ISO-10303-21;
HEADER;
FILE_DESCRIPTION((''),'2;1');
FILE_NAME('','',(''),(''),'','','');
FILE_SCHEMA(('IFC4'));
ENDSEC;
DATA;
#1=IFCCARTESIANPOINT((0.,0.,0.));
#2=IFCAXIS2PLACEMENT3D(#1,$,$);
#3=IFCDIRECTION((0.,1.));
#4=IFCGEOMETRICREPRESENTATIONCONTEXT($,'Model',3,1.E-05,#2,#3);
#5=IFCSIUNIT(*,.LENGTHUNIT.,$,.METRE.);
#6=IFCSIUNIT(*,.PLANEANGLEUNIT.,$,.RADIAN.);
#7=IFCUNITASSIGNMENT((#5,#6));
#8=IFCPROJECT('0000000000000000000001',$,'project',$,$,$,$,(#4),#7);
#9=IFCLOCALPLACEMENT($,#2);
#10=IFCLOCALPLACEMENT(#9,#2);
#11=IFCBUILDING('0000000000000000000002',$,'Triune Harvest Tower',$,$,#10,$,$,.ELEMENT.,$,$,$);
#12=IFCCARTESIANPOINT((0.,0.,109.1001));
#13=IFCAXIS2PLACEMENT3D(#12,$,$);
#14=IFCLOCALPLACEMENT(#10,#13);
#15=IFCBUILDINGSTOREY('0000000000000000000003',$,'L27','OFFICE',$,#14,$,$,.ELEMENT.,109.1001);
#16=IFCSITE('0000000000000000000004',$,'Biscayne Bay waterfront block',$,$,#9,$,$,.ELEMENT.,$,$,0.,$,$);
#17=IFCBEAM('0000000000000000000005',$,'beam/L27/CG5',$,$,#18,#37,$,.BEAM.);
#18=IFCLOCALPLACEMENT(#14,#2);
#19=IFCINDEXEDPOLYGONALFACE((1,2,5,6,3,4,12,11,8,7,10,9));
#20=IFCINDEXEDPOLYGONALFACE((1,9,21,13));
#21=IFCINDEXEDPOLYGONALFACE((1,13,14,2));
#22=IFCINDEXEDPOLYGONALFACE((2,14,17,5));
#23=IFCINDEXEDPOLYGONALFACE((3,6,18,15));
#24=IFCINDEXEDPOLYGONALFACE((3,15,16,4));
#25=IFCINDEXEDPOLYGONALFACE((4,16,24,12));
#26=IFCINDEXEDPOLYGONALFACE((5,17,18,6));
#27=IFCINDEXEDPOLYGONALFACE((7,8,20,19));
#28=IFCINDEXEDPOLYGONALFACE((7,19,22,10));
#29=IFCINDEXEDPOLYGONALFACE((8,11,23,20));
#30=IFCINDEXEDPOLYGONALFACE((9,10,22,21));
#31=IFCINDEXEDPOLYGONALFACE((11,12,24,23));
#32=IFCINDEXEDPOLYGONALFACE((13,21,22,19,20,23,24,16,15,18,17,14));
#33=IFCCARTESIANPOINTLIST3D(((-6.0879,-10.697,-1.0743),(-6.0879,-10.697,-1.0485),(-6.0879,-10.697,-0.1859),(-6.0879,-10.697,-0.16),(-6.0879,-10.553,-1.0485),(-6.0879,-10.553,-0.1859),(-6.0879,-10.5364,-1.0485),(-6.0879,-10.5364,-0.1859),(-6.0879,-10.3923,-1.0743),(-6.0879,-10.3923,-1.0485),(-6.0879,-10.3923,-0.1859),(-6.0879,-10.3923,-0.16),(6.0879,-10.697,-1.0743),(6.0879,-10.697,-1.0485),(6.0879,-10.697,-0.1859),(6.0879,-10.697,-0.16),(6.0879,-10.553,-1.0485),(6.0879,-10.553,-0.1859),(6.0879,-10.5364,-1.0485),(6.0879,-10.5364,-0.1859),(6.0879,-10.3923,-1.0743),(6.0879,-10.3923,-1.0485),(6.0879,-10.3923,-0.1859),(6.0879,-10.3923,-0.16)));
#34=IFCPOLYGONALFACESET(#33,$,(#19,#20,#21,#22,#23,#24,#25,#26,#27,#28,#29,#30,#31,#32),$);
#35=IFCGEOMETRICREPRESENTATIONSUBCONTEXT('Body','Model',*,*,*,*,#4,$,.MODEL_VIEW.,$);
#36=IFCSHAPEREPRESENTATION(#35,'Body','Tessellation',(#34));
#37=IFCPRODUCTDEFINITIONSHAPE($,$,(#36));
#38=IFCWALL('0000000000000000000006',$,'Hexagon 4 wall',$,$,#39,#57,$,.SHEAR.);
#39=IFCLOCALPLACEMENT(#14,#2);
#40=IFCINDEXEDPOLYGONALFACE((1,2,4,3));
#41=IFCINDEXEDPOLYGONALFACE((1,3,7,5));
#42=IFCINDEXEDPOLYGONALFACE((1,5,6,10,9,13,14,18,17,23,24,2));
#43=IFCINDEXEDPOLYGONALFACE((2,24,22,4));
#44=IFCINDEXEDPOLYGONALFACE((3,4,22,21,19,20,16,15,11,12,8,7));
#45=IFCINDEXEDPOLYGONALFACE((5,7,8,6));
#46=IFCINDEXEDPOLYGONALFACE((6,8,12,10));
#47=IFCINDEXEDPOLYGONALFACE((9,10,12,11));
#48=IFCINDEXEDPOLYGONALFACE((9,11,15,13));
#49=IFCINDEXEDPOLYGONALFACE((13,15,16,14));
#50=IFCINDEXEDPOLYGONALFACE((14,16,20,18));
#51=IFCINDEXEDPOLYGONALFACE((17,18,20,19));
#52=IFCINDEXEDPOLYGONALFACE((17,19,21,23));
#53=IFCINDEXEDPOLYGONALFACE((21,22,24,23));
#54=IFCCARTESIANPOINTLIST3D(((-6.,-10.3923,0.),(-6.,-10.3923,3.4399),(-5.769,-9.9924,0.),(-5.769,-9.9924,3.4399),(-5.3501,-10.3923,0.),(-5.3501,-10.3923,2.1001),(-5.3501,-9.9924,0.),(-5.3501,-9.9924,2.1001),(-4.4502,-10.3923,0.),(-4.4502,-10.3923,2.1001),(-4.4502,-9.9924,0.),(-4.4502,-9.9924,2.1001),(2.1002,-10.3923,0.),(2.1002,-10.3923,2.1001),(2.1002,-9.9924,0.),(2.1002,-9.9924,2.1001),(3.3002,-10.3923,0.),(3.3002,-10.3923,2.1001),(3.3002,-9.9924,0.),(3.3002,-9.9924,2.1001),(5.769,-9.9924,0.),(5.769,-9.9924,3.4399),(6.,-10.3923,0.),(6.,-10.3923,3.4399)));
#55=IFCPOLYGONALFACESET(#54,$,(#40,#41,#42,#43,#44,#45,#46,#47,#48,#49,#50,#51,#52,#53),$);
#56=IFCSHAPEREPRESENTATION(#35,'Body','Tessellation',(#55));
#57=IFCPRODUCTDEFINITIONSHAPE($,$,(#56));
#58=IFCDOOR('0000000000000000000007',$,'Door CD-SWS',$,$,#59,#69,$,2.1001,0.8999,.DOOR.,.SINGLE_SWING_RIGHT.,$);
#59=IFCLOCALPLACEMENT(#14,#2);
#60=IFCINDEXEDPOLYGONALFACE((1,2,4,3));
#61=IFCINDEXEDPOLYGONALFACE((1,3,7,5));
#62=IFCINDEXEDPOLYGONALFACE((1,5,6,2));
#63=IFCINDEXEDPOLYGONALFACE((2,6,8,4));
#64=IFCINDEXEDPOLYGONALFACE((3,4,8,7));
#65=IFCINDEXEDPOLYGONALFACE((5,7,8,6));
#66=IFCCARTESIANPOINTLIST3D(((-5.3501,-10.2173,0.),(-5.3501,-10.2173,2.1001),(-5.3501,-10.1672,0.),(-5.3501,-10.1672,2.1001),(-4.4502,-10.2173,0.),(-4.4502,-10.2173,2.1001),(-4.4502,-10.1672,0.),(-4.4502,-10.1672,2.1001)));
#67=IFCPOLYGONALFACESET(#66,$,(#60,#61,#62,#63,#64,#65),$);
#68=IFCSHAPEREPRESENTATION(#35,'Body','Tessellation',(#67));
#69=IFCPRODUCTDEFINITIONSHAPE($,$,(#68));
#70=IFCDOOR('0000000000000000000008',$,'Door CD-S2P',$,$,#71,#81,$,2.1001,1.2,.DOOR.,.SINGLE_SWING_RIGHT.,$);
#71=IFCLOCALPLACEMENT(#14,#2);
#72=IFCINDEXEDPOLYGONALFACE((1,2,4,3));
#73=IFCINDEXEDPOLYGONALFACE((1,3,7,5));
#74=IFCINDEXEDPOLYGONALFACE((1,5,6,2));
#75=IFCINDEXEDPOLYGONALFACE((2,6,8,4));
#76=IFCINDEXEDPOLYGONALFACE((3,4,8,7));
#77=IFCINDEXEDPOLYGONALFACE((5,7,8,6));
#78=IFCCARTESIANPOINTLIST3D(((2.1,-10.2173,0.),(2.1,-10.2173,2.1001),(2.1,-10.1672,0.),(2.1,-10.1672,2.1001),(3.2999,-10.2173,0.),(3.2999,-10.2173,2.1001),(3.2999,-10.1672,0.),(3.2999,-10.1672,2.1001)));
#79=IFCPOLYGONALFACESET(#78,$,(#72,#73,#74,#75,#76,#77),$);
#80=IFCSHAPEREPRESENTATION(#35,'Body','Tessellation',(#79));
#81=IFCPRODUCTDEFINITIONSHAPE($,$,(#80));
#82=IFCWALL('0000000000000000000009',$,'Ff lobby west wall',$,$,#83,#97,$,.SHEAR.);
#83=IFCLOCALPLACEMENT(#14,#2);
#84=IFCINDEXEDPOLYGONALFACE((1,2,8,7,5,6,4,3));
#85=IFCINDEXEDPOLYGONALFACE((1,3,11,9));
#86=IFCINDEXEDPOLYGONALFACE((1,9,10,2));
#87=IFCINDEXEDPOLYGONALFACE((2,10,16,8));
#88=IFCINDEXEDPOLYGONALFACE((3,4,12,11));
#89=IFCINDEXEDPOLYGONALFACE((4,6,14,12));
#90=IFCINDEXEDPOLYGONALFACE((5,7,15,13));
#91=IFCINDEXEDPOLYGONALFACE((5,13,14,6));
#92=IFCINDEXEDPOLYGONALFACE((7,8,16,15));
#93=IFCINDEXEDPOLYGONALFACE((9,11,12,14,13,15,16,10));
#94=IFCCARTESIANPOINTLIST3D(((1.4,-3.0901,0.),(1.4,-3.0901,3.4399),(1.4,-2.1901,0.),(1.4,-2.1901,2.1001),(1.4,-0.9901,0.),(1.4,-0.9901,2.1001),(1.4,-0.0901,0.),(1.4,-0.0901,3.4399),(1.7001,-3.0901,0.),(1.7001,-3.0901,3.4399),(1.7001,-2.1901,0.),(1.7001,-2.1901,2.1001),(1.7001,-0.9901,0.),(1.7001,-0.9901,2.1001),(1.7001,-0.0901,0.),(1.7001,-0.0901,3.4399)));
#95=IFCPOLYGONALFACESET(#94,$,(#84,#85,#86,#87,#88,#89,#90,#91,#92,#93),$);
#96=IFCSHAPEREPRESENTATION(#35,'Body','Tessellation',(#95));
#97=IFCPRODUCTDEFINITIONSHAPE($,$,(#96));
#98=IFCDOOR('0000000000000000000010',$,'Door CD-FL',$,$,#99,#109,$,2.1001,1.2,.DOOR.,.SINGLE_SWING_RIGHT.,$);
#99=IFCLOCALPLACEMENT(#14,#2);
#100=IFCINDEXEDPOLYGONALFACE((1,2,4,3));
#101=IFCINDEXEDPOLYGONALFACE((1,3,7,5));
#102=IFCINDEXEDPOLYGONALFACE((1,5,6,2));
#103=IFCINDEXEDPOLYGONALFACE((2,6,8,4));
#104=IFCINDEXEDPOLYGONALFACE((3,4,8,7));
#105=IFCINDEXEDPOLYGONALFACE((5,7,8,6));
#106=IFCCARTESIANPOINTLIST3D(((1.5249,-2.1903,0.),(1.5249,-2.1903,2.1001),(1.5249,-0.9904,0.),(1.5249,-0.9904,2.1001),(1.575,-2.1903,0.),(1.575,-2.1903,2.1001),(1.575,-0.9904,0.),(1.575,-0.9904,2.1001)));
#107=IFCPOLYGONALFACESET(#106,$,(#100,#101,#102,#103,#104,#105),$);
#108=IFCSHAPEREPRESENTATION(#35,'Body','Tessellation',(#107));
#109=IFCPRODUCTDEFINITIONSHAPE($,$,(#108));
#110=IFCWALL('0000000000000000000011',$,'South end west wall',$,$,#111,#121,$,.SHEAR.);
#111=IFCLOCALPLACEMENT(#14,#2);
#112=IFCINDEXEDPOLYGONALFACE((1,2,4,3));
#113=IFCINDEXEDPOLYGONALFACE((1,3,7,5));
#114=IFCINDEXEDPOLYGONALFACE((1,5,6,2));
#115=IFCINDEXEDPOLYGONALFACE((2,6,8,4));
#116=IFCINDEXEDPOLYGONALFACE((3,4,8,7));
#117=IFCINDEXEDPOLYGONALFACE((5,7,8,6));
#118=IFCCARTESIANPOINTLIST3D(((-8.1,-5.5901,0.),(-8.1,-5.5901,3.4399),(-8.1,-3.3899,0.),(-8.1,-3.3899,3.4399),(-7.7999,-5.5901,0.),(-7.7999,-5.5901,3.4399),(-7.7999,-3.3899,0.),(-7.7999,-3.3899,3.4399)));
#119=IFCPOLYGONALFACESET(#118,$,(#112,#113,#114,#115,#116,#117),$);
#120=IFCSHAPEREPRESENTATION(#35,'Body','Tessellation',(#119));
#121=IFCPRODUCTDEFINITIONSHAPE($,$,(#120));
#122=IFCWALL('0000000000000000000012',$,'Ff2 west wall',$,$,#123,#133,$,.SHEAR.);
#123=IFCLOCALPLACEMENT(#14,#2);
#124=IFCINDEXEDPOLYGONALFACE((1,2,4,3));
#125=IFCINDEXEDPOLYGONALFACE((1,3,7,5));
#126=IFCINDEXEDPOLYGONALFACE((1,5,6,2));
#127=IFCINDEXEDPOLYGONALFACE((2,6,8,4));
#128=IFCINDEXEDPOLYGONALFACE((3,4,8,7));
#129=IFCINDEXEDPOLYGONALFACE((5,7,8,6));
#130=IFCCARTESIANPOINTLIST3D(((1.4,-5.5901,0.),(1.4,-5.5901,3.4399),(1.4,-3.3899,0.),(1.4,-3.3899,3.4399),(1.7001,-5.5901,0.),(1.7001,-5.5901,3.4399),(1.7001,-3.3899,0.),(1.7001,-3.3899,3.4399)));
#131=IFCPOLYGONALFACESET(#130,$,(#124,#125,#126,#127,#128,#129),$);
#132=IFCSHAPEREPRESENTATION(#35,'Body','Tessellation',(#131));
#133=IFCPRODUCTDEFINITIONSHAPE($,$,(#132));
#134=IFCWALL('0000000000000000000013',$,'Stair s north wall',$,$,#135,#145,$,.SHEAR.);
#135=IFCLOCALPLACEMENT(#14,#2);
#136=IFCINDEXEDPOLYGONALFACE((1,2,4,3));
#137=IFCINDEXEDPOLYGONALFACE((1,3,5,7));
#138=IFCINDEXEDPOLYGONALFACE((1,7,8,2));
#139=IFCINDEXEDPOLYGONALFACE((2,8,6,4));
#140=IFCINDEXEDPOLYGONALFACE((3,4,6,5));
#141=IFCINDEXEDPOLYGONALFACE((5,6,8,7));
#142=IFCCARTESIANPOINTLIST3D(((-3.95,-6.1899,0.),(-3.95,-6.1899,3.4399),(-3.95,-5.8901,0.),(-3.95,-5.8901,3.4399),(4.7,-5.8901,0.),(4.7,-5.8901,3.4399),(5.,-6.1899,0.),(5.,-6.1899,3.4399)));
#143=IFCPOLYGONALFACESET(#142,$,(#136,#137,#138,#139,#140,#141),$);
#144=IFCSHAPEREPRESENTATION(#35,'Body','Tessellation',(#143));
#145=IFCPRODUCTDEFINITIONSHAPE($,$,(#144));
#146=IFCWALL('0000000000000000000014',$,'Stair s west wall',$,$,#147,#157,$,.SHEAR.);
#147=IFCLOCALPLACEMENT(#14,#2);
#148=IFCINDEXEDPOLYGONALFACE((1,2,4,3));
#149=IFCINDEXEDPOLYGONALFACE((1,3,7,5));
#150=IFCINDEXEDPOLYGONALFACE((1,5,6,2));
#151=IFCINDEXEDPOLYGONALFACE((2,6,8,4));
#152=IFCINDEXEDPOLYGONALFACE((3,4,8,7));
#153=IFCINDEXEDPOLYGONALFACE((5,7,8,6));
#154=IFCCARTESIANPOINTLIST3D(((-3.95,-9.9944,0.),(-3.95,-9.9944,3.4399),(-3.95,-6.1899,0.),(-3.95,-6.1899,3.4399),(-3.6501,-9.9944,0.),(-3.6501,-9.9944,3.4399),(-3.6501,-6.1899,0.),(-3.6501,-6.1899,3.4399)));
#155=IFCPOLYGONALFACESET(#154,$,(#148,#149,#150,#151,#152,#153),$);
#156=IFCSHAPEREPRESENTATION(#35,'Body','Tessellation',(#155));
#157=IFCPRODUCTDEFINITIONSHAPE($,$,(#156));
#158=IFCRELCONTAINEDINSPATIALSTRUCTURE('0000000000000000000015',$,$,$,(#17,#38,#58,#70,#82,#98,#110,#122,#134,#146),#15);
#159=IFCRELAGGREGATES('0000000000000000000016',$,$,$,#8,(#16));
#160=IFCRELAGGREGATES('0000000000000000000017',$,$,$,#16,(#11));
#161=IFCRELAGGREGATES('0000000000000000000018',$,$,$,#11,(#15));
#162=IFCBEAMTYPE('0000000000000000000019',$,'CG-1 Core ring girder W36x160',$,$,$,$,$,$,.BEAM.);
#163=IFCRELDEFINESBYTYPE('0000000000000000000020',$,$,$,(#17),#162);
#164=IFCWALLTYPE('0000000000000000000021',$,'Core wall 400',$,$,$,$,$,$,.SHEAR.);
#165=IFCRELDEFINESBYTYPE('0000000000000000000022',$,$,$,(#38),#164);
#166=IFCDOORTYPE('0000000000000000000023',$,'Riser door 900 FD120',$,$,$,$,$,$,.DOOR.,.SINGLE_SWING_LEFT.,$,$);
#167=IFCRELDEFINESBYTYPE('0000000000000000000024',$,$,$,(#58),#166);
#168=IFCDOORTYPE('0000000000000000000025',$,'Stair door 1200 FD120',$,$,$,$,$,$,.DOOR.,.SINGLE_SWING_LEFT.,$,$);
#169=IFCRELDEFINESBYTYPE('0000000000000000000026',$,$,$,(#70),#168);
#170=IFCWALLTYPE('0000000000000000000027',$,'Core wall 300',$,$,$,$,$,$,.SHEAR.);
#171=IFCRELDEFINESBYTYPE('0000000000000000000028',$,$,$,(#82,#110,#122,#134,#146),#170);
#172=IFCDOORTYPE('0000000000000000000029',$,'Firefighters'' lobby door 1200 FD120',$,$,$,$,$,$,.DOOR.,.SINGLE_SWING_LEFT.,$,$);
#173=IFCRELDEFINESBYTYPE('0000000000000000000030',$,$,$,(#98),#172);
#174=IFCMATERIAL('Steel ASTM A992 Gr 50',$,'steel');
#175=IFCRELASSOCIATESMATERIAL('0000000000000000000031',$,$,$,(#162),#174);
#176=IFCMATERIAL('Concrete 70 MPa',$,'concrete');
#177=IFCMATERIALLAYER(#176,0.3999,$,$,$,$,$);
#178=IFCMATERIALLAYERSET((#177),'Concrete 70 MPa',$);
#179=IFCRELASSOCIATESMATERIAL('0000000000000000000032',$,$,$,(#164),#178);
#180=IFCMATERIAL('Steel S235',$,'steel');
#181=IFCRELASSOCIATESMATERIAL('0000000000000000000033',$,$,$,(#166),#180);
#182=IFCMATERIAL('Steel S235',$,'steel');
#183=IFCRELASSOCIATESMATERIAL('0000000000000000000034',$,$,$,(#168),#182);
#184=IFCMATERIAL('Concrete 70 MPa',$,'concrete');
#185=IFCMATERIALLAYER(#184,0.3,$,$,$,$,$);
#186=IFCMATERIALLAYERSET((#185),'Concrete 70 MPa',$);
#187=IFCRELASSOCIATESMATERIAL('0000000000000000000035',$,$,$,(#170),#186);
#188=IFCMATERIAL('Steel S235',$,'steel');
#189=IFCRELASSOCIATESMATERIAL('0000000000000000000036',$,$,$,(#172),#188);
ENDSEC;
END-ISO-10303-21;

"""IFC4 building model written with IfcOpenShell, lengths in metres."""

from ifc_helpers import new_model, si_unit, direction, frame, frame_2d, origin, origin_2d, place, context, subcontext, project, spatial, polyline, rectangle, i_section, outline, extrude, source, transform, mapped, material, layer, layer_set, material_profile, profile_set, type_object, element, fill, save


model = new_model("IFC4")

# Units and contexts
model_context = context("Model", 3, precision=1e-05, world=origin(), true_north=direction((0.0, 1.0)))
body_context = subcontext(model_context, "Body", "Model", "MODEL_VIEW")
ifc_project = project(units=[si_unit("LENGTHUNIT", "METRE"), si_unit("PLANEANGLEUNIT", "RADIAN")], contexts=[model_context])

# Site, building, storey
site_placement = place(None, origin())
site = spatial("IfcSite", under=ifc_project, at=site_placement, Name="Biscayne Bay waterfront block", CompositionType="ELEMENT", RefElevation=0.0)
building_placement = place(site_placement, origin())
building = spatial("IfcBuilding", under=site, at=building_placement, Name="Triune Harvest Tower", CompositionType="ELEMENT")
storey_placement = place(building_placement, frame((0.0, 0.0, 109.1001)))
storey = spatial("IfcBuildingStorey", under=building, at=storey_placement, Name="L27", Description="OFFICE", CompositionType="ELEMENT", Elevation=109.1001)

# Beam
ifc_material_1 = material(Name="Steel ASTM A992 Gr 50", Category="steel")
ifc_material_profile = material_profile(ifc_material_1, i_section(OverallWidth=0.3047, OverallDepth=0.9143, WebThickness=0.0166, FlangeThickness=0.0259, at=origin_2d()), Name="W36x160")
ifc_profile_set = profile_set([ifc_material_profile], Name="Steel ASTM A992 Gr 50")
beam_type = type_object("IfcBeamType", Name="CG-1 Core ring girder W36x160", PredefinedType="BEAM", material=ifc_profile_set)
shared_shape_1 = source(origin(), body_context, "Body", "SweptSolid", [
    extrude(i_section(OverallWidth=0.3047, OverallDepth=0.9143, WebThickness=0.0166, FlangeThickness=0.0259, at=origin_2d()), origin(), (0.0, 0.0, 1.0), 12.1758),
])
beam_placement = place(storey_placement, frame((-6.0879, -10.5447, -0.6172), z_axis=(1.0, 0.0, 0.0), x_axis=(0.0, 1.0, 0.0)))
element("IfcBeam", 1, at=beam_placement, inside=storey, type_object=beam_type, Name="beam/L27/CG5", PredefinedType="BEAM", context=body_context, shape_type="MappedRepresentation", body=[
    mapped(shared_shape_1, transform((0.0, 0.0, 0.0), scale=1.0)),
])

# Wall, openings, doors
ifc_material_2 = material(Name="Concrete 70 MPa", Category="concrete")
ifc_layer_1 = layer(ifc_material_2, 0.3999)
ifc_layer_set_1 = layer_set([ifc_layer_1], Name="Concrete 70 MPa")
wall_type_1 = type_object("IfcWallType", Name="Core wall 400", PredefinedType="SHEAR", material=ifc_layer_set_1)
shared_shape_2 = source(origin(), body_context, "Body", "SweptSolid", [
    extrude(outline(polyline([(-0.1155, -0.2), (11.8845, -0.2), (11.6536, 0.2), (0.1155, 0.2), (-0.1155, -0.2)])), origin(), (0.0, 0.0, 1.0), 3.4399),
])
wall_1_placement = place(storey_placement, frame((-5.8845, -10.1924, 0.0), z_axis=(0.0, 0.0, 1.0), x_axis=(1.0, 0.0, 0.0)))
wall_1 = element("IfcWall", 2, at=wall_1_placement, inside=storey, type_object=wall_type_1, Name="Hexagon 4 wall", PredefinedType="SHEAR", context=body_context, shape_type="MappedRepresentation", body=[
    mapped(shared_shape_2, transform((0.0, 0.0, 0.0), scale=1.0)),
])
opening_1_placement = place(wall_1_placement, frame((7.9846, 0.0, 0.0)))
opening_1 = element("IfcOpeningElement", 3, at=opening_1_placement, cuts=wall_1, PredefinedType="OPENING", context=body_context, shape_type="SweptSolid", body=[
    extrude(rectangle(XDim=1.2, YDim=2.1001, at=frame_2d((0.6001, 1.05))), frame((0.0, 0.21, 0.0), z_axis=(0.0, -1.0, 0.0), x_axis=(1.0, 0.0, 0.0)), (0.0, 0.0, 1.0), 0.4199),
])
opening_2_placement = place(wall_1_placement, frame((0.5344, 0.0, 0.0)))
opening_2 = element("IfcOpeningElement", 4, at=opening_2_placement, cuts=wall_1, PredefinedType="OPENING", context=body_context, shape_type="SweptSolid", body=[
    extrude(rectangle(XDim=0.8999, YDim=2.1001, at=frame_2d((0.45, 1.05))), frame((0.0, 0.21, 0.0), z_axis=(0.0, -1.0, 0.0), x_axis=(1.0, 0.0, 0.0)), (0.0, 0.0, 1.0), 0.4199),
])
ifc_material_3 = material(Name="Steel S235", Category="steel")
door_type_1 = type_object("IfcDoorType", Name="Riser door 900 FD120", OperationType="SINGLE_SWING_LEFT", PredefinedType="DOOR", material=ifc_material_3)
door_1_placement = place(opening_2_placement, frame((0.8999, 0.0, 0.0), z_axis=(0.0, 0.0, 1.0), x_axis=(-1.0, 0.0, 0.0)))
door_1 = element("IfcDoor", 5, at=door_1_placement, inside=storey, type_object=door_type_1, Name="Door CD-SWS", OperationType="SINGLE_SWING_RIGHT", OverallHeight=2.1001, OverallWidth=0.8999, PredefinedType="DOOR", context=body_context, shape_type="SweptSolid", body=[
    extrude(rectangle(XDim=0.8999, YDim=2.1001, at=frame_2d((0.45, 1.05))), frame((0.0, 0.0249, 0.0), z_axis=(0.0, -1.0, 0.0), x_axis=(1.0, 0.0, 0.0)), (0.0, 0.0, 1.0), 0.05),
])
fill(opening_2, door_1)
ifc_material_4 = material(Name="Steel S235", Category="steel")
door_type_2 = type_object("IfcDoorType", Name="Stair door 1200 FD120", OperationType="SINGLE_SWING_LEFT", PredefinedType="DOOR", material=ifc_material_4)
door_2_placement = place(opening_1_placement, frame((1.2, 0.0, 0.0), z_axis=(0.0, 0.0, 1.0), x_axis=(-1.0, 0.0, 0.0)))
door_2 = element("IfcDoor", 6, at=door_2_placement, inside=storey, type_object=door_type_2, Name="Door CD-S2P", OperationType="SINGLE_SWING_RIGHT", OverallHeight=2.1001, OverallWidth=1.2, PredefinedType="DOOR", context=body_context, shape_type="SweptSolid", body=[
    extrude(rectangle(XDim=1.2, YDim=2.1001, at=frame_2d((0.6001, 1.05))), frame((0.0, 0.0249, 0.0), z_axis=(0.0, -1.0, 0.0), x_axis=(1.0, 0.0, 0.0)), (0.0, 0.0, 1.0), 0.05),
])
fill(opening_1, door_2)

# Wall, opening, door
ifc_material_5 = material(Name="Concrete 70 MPa", Category="concrete")
ifc_layer_2 = layer(ifc_material_5, 0.3)
ifc_layer_set_2 = layer_set([ifc_layer_2], Name="Concrete 70 MPa")
wall_type_2 = type_object("IfcWallType", Name="Core wall 300", PredefinedType="SHEAR", material=ifc_layer_set_2)
shared_shape_3 = source(origin(), body_context, "Body", "SweptSolid", [
    extrude(rectangle(XDim=3.0, YDim=0.3, at=frame_2d((1.5, 0.0))), origin(), (0.0, 0.0, 1.0), 3.4399),
])
wall_2_placement = place(storey_placement, frame((1.55, -3.0901, 0.0), z_axis=(0.0, 0.0, 1.0), x_axis=(0.0, 1.0, 0.0)))
wall_2 = element("IfcWall", 7, at=wall_2_placement, inside=storey, type_object=wall_type_2, Name="Ff lobby west wall", PredefinedType="SHEAR", context=body_context, shape_type="MappedRepresentation", body=[
    mapped(shared_shape_3, transform((0.0, 0.0, 0.0), scale=1.0)),
])
opening_3_placement = place(wall_2_placement, frame((0.8999, 0.0, 0.0)))
opening_3 = element("IfcOpeningElement", 8, at=opening_3_placement, cuts=wall_2, PredefinedType="OPENING", context=body_context, shape_type="SweptSolid", body=[
    extrude(rectangle(XDim=1.2, YDim=2.1001, at=frame_2d((0.6001, 1.05))), frame((0.0, 0.1602, 0.0), z_axis=(0.0, -1.0, 0.0), x_axis=(1.0, 0.0, 0.0)), (0.0, 0.0, 1.0), 0.3201),
])
ifc_material_6 = material(Name="Steel S235", Category="steel")
door_type_3 = type_object("IfcDoorType", Name="Firefighters' lobby door 1200 FD120", OperationType="SINGLE_SWING_LEFT", PredefinedType="DOOR", material=ifc_material_6)
door_3_placement = place(opening_3_placement, frame((1.2, 0.0, 0.0), z_axis=(0.0, 0.0, 1.0), x_axis=(-1.0, 0.0, 0.0)))
door_3 = element("IfcDoor", 9, at=door_3_placement, inside=storey, type_object=door_type_3, Name="Door CD-FL", OperationType="SINGLE_SWING_RIGHT", OverallHeight=2.1001, OverallWidth=1.2, PredefinedType="DOOR", context=body_context, shape_type="SweptSolid", body=[
    extrude(rectangle(XDim=1.2, YDim=2.1001, at=frame_2d((0.6001, 1.05))), frame((0.0, 0.0249, 0.0), z_axis=(0.0, -1.0, 0.0), x_axis=(1.0, 0.0, 0.0)), (0.0, 0.0, 1.0), 0.05),
])
fill(opening_3, door_3)

# Walls
shared_shape_4 = source(origin(), body_context, "Body", "SweptSolid", [
    extrude(rectangle(XDim=2.2002, YDim=0.3, at=frame_2d((1.1001, 0.0))), origin(), (0.0, 0.0, 1.0), 3.4399),
])
for number, where, z_axis, x_axis, name in (
    (10, (-7.95, -5.5901, 0.0), (0.0, 0.0, 1.0), (0.0, 1.0, 0.0), "South end west wall"),
    (11, (1.55, -5.5901, 0.0), (0.0, 0.0, 1.0), (0.0, 1.0, 0.0), "Ff2 west wall"),
):
    element("IfcWall", number, at=place(storey_placement, frame(where, z_axis=z_axis, x_axis=x_axis)), inside=storey, type_object=wall_type_2, Name=name, PredefinedType="SHEAR", context=body_context, shape_type="MappedRepresentation", body=[
        mapped(shared_shape_4, transform((0.0, 0.0, 0.0), scale=1.0)),
    ])
shared_shape_5 = source(origin(), body_context, "Body", "SweptSolid", [
    extrude(outline(polyline([(0.0, -0.1499), (8.95, -0.1499), (8.6499, 0.1499), (0.0, 0.1499), (0.0, -0.1499)])), origin(), (0.0, 0.0, 1.0), 3.4399),
])
wall_3_placement = place(storey_placement, frame((-3.95, -6.04, 0.0), z_axis=(0.0, 0.0, 1.0), x_axis=(1.0, 0.0, 0.0)))
element("IfcWall", 12, at=wall_3_placement, inside=storey, type_object=wall_type_2, Name="Stair s north wall", PredefinedType="SHEAR", context=body_context, shape_type="MappedRepresentation", body=[
    mapped(shared_shape_5, transform((0.0, 0.0, 0.0), scale=1.0)),
])
shared_shape_6 = source(origin(), body_context, "Body", "SweptSolid", [
    extrude(outline(polyline([(3.8, -0.1499), (-0.0044, -0.1499), (-0.0044, 0.1499), (3.8, 0.1499), (3.8, -0.1499)])), origin(), (0.0, 0.0, 1.0), 3.4399),
])
wall_4_placement = place(storey_placement, frame((-3.8, -9.99, 0.0), z_axis=(0.0, 0.0, 1.0), x_axis=(0.0, 1.0, 0.0)))
element("IfcWall", 13, at=wall_4_placement, inside=storey, type_object=wall_type_2, Name="Stair s west wall", PredefinedType="SHEAR", context=body_context, shape_type="MappedRepresentation", body=[
    mapped(shared_shape_6, transform((0.0, 0.0, 0.0), scale=1.0)),
])

save(model, "model.ifc")
